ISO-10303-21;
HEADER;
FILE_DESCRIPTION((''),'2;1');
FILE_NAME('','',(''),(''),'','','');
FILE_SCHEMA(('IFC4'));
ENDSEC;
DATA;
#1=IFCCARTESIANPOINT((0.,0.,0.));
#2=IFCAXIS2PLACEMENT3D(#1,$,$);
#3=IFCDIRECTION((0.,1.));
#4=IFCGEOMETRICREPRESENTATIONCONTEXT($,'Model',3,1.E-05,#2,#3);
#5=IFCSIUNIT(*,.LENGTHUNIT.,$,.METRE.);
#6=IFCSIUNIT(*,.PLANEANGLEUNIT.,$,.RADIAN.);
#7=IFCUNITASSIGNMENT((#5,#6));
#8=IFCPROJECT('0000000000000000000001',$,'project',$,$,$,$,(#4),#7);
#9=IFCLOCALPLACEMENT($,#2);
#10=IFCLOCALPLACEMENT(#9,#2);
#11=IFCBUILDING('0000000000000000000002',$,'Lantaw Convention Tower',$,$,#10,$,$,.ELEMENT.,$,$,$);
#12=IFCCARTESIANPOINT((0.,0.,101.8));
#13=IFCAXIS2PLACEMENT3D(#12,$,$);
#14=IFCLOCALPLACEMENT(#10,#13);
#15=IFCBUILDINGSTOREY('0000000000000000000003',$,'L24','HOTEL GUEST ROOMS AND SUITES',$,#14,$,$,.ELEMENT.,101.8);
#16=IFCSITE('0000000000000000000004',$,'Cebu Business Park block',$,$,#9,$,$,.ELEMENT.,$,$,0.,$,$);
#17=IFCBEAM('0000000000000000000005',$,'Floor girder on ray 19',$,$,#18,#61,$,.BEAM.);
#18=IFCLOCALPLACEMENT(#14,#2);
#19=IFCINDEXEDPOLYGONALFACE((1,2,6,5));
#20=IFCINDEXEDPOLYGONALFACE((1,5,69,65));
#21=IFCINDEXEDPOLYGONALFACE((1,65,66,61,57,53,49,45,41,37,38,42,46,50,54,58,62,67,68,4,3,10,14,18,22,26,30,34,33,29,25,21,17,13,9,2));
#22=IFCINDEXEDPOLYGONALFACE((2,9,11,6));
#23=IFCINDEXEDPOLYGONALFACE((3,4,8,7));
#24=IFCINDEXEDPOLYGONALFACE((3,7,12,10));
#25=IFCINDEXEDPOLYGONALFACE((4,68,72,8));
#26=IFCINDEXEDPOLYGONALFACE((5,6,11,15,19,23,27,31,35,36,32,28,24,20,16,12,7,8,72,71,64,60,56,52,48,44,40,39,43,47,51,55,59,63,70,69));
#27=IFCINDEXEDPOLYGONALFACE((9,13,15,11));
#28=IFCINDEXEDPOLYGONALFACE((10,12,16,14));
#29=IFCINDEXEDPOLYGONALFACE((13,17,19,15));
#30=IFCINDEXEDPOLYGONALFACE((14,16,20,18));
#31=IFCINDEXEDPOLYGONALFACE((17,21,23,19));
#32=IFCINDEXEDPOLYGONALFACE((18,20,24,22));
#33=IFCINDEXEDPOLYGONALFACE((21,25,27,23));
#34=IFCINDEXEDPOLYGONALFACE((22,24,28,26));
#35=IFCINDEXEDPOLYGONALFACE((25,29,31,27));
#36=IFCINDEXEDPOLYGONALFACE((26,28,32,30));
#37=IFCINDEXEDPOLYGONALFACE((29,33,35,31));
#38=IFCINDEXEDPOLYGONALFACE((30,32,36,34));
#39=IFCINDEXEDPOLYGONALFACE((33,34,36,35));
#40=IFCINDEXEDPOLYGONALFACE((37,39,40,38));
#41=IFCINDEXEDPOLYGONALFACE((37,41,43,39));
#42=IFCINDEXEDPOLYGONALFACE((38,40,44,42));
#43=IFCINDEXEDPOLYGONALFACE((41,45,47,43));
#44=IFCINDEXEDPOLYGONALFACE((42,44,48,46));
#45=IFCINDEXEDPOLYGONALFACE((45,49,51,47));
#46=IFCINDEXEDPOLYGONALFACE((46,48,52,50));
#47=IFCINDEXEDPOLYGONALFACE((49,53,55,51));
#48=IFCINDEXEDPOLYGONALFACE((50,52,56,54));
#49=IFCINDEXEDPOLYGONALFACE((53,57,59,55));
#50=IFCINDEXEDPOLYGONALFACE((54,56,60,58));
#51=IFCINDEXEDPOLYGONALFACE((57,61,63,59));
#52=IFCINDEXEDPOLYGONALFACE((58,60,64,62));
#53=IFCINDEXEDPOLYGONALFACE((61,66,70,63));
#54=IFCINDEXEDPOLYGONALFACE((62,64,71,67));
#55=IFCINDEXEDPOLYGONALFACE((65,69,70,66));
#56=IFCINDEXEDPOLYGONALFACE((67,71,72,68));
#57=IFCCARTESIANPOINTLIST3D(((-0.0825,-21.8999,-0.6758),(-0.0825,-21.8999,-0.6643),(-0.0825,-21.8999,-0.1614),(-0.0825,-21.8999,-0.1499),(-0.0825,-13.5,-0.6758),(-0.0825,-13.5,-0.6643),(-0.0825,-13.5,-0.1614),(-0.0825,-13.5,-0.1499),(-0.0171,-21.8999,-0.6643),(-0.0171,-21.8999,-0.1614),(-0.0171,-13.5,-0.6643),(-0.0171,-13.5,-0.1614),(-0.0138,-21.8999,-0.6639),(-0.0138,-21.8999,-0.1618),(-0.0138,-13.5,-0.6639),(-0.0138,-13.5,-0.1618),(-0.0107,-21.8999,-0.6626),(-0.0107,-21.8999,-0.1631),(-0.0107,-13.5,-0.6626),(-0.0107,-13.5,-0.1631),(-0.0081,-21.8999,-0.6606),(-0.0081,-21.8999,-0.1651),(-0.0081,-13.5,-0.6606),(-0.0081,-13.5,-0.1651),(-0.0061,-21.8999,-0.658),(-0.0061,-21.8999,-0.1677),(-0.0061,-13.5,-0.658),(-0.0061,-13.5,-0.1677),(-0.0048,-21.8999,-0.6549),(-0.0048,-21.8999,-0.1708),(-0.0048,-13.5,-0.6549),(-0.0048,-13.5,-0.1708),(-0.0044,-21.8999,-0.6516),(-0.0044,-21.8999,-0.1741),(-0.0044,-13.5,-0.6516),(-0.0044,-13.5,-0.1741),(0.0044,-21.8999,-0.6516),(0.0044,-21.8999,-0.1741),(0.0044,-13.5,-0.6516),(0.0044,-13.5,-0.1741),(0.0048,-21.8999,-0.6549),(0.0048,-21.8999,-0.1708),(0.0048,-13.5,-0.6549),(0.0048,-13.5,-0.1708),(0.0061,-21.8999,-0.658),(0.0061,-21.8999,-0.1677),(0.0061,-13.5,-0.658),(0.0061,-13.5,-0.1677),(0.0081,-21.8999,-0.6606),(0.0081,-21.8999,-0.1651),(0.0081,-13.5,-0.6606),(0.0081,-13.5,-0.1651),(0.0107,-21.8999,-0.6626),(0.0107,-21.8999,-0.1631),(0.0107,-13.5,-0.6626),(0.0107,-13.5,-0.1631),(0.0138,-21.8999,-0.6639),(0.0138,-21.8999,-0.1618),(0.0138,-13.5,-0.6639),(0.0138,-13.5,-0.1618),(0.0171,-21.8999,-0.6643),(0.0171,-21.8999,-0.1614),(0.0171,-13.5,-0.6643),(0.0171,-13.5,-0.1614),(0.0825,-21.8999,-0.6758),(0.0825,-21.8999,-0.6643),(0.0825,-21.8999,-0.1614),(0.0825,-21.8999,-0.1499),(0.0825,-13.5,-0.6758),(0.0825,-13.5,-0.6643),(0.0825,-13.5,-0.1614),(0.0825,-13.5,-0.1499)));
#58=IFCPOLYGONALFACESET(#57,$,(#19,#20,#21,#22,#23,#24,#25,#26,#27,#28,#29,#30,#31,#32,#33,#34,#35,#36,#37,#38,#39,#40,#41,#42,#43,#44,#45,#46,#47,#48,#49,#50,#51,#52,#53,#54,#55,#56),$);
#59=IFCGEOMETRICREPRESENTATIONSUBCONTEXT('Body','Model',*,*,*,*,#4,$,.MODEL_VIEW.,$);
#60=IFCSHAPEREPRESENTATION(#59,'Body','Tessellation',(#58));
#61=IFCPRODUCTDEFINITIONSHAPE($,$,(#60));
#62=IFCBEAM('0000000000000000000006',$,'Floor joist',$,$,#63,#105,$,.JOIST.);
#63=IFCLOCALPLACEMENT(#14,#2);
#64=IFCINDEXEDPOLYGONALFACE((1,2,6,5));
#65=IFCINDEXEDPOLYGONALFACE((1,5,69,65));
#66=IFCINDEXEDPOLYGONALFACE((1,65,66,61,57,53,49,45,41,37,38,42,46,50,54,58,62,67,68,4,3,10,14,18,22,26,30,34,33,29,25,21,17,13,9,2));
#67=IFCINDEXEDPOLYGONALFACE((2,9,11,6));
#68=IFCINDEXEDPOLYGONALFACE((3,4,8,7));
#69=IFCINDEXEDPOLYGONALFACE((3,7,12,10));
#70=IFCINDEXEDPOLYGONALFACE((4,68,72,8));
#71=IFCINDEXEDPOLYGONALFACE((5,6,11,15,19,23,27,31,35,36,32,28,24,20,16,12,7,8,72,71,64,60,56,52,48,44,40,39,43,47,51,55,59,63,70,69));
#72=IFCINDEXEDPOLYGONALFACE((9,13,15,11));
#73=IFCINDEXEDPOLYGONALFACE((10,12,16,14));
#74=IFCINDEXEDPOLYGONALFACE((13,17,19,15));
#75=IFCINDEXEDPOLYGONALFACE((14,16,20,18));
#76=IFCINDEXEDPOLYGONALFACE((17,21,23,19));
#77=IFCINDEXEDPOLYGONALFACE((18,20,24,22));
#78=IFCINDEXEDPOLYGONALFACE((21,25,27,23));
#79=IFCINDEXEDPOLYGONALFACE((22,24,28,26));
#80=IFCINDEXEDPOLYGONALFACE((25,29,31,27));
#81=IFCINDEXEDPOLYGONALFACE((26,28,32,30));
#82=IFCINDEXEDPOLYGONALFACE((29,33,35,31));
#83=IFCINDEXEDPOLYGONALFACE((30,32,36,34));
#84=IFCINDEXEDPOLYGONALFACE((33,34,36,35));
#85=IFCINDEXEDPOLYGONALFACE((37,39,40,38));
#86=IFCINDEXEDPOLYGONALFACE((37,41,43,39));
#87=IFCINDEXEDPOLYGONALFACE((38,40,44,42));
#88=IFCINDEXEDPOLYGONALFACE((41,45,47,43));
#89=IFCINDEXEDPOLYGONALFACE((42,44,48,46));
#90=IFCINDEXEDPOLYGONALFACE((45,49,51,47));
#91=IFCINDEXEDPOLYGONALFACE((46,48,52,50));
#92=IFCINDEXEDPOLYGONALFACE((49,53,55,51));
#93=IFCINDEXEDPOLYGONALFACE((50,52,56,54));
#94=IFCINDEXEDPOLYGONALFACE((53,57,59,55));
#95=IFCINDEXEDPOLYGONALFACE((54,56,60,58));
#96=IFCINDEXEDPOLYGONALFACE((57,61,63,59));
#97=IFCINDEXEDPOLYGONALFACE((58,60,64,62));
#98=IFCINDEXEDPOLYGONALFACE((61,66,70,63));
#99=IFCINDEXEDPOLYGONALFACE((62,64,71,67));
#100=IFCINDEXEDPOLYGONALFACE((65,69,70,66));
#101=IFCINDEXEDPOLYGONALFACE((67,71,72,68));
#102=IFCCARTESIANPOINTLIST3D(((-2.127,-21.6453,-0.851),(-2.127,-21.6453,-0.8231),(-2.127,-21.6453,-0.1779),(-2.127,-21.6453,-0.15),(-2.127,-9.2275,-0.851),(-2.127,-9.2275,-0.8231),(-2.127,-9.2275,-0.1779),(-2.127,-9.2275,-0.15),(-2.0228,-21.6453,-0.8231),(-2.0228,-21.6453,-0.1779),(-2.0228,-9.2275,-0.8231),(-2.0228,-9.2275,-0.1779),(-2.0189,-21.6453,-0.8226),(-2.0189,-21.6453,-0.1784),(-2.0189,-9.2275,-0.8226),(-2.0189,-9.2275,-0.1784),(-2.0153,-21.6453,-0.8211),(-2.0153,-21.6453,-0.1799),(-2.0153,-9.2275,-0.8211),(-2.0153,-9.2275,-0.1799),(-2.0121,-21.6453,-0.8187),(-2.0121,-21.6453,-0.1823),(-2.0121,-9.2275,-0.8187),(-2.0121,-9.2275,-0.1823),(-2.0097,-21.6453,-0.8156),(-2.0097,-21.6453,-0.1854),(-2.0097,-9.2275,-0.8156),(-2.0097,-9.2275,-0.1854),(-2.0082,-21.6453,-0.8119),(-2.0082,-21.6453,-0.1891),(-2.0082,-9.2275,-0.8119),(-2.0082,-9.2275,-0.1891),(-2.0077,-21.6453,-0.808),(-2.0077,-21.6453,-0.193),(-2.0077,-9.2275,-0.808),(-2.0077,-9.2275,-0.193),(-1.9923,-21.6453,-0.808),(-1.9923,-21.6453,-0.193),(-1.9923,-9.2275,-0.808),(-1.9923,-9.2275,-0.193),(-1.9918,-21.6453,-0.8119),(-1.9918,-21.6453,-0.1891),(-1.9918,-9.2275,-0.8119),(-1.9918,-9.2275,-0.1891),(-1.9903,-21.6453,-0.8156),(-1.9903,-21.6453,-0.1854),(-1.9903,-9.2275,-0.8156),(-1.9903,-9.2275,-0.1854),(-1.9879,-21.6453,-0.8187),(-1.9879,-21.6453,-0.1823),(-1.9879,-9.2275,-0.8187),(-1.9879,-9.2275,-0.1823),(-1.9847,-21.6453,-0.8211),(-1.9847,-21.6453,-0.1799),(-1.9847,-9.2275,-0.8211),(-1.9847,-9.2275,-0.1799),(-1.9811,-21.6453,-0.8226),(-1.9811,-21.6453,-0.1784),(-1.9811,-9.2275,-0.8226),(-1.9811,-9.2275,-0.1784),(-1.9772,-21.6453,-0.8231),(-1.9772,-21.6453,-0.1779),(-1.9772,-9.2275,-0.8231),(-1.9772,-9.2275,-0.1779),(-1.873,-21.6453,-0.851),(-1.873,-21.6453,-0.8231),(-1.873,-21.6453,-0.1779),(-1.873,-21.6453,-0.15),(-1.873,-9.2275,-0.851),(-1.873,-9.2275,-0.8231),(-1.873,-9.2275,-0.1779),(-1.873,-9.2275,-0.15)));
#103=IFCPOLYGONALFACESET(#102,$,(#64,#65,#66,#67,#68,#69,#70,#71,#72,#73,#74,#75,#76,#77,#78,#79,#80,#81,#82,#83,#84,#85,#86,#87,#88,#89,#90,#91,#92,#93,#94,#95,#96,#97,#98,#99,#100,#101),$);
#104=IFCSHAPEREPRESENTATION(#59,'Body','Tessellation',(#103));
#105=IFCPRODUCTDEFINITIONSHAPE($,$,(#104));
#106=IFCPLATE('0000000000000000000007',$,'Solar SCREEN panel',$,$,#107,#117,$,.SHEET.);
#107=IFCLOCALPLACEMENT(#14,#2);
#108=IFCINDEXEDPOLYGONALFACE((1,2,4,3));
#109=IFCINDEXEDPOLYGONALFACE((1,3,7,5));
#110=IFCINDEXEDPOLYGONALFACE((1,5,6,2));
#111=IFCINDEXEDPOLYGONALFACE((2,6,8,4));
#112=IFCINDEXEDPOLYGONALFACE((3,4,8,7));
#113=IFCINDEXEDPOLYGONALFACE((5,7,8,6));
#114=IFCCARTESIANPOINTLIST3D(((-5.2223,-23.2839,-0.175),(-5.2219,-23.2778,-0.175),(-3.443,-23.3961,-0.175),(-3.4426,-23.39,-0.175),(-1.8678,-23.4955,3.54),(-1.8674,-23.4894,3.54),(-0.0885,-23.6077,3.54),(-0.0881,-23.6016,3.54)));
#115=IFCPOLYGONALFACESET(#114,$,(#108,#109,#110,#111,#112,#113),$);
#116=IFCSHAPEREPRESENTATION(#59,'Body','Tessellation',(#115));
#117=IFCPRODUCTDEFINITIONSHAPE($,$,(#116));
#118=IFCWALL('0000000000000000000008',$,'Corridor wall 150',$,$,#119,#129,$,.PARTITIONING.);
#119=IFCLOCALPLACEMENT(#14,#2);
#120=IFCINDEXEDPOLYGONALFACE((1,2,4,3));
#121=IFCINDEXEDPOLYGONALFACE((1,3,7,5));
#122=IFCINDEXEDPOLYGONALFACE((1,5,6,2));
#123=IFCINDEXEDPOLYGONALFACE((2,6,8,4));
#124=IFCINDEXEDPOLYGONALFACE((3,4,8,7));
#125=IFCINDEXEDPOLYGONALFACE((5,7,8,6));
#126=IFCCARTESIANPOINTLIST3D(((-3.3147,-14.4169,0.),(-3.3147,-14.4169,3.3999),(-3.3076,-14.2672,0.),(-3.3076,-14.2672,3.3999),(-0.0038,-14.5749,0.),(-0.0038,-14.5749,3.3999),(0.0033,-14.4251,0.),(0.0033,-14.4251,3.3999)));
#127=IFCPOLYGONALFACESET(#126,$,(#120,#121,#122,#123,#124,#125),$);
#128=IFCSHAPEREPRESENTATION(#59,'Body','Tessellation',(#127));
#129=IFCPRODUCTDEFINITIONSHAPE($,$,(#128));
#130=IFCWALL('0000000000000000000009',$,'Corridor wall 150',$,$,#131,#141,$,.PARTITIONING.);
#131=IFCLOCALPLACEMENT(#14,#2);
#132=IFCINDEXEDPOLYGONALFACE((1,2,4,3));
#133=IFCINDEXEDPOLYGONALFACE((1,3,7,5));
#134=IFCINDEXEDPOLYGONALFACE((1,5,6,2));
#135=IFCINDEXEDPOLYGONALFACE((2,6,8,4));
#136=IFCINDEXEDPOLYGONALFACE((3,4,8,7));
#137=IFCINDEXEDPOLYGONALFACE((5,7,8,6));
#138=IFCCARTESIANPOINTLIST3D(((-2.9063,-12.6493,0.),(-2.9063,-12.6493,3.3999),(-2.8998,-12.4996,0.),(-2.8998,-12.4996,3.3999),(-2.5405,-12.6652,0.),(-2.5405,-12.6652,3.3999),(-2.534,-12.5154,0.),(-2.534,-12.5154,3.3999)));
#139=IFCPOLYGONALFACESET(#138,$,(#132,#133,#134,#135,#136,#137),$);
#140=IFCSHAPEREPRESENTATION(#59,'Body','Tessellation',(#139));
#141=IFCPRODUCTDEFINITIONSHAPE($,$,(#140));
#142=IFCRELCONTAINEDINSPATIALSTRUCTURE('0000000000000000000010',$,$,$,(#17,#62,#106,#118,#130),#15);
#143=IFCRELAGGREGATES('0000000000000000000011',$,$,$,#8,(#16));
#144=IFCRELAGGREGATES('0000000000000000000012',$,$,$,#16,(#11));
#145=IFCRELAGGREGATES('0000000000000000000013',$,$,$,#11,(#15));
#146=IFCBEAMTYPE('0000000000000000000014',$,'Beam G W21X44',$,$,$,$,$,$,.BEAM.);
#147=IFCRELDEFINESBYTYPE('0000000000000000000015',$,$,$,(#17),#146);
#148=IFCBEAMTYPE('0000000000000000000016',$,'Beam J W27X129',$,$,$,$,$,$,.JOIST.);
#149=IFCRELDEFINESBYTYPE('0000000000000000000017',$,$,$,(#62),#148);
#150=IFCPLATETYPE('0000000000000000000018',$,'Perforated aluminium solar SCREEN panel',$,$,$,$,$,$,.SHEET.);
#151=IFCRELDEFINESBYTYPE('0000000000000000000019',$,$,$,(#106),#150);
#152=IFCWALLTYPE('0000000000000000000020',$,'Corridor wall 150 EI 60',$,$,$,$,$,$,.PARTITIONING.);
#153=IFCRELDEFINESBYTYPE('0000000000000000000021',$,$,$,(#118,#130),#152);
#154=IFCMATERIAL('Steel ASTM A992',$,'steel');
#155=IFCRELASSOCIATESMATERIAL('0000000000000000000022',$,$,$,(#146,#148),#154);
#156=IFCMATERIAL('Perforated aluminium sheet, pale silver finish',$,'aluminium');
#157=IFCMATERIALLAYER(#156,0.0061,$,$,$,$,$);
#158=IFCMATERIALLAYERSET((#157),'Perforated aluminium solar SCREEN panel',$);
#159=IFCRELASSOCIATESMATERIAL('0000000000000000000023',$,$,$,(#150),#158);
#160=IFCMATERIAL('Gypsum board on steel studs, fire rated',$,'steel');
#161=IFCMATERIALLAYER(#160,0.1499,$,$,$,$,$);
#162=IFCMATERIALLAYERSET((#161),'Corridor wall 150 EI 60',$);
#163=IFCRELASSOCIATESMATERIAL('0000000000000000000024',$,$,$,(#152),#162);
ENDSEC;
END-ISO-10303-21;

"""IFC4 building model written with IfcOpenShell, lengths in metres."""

from ifc_helpers import new_model, si_unit, direction, frame, frame_2d, origin, origin_2d, place, context, subcontext, project, spatial, polyline, rectangle, i_section, outline, extrude, material, layer, layer_set, material_profile, profile_set, type_object, element, save


model = new_model("IFC4")

# Units and contexts
model_context = context("Model", 3, precision=1e-05, world=origin(), true_north=direction((0.0, 1.0)))
body_context = subcontext(model_context, "Body", "Model", "MODEL_VIEW")
ifc_project = project(units=[si_unit("LENGTHUNIT", "METRE"), si_unit("PLANEANGLEUNIT", "RADIAN")], contexts=[model_context])

# Site, building, storey
site_placement = place(None, origin())
site = spatial("IfcSite", under=ifc_project, at=site_placement, Name="Cebu Business Park block", CompositionType="ELEMENT", RefElevation=0.0)
building_placement = place(site_placement, origin())
building = spatial("IfcBuilding", under=site, at=building_placement, Name="Lantaw Convention Tower", CompositionType="ELEMENT")
storey_placement = place(building_placement, frame((0.0, 0.0, 101.8)))
storey = spatial("IfcBuildingStorey", under=building, at=storey_placement, Name="L24", Description="HOTEL GUEST ROOMS AND SUITES", CompositionType="ELEMENT", Elevation=101.8)

# Beams
ifc_material_1 = material(Name="Steel ASTM A992", Category="steel")
ifc_material_profile_1 = material_profile(ifc_material_1, i_section(OverallWidth=0.165, OverallDepth=0.5259, WebThickness=0.0088, FlangeThickness=0.0115, FilletRadius=0.0127, at=origin_2d()), Name="W21X44")
ifc_profile_set_1 = profile_set([ifc_material_profile_1], Name="Steel ASTM A992")
beam_type_1 = type_object("IfcBeamType", Name="Beam G W21X44", PredefinedType="BEAM", material=ifc_profile_set_1)
beam_1_placement = place(storey_placement, frame((0.0, -13.5, -0.4128), z_axis=(0.0, -1.0, 0.0), x_axis=(1.0, 0.0, 0.0)))
element("IfcBeam", 1, at=beam_1_placement, inside=storey, type_object=beam_type_1, Name="Floor girder on ray 19", PredefinedType="BEAM", context=body_context, shape_type="SweptSolid", body=[
    extrude(i_section(OverallWidth=0.165, OverallDepth=0.5259, WebThickness=0.0088, FlangeThickness=0.0115, FilletRadius=0.0127, at=origin_2d()), origin(), (0.0, 0.0, 1.0), 8.3999),
])
ifc_material_profile_2 = material_profile(ifc_material_1, i_section(OverallWidth=0.2539, OverallDepth=0.7009, WebThickness=0.0154, FlangeThickness=0.0278, FilletRadius=0.0151, at=origin_2d()), Name="W27X129")
ifc_profile_set_2 = profile_set([ifc_material_profile_2], Name="Steel ASTM A992")
beam_type_2 = type_object("IfcBeamType", Name="Beam J W27X129", PredefinedType="JOIST", material=ifc_profile_set_2)
beam_2_placement = place(storey_placement, frame((-2.0, -21.6453, -0.5005), z_axis=(0.0, 1.0, 0.0), x_axis=(-1.0, 0.0, 0.0)))
element("IfcBeam", 2, at=beam_2_placement, inside=storey, type_object=beam_type_2, Name="Floor joist", PredefinedType="JOIST", context=body_context, shape_type="SweptSolid", body=[
    extrude(i_section(OverallWidth=0.2539, OverallDepth=0.7009, WebThickness=0.0154, FlangeThickness=0.0278, FilletRadius=0.0151, at=origin_2d()), origin(), (0.0, 0.0, 1.0), 12.4177),
])

# Plate
ifc_material_2 = material(Name="Perforated aluminium sheet, pale silver finish", Category="aluminium")
ifc_layer_1 = layer(ifc_material_2, 0.0061)
ifc_layer_set_1 = layer_set([ifc_layer_1], Name="Perforated aluminium solar SCREEN panel")
plate_type = type_object("IfcPlateType", Name="Perforated aluminium solar SCREEN panel", PredefinedType="SHEET", material=ifc_layer_set_1)
plate_placement = place(storey_placement, frame((-5.2219, -23.2778, -0.175), z_axis=(0.062924, 0.998018, 0.000014), x_axis=(0.998018, -0.062924, 0.0)))
element("IfcPlate", 3, at=plate_placement, inside=storey, type_object=plate_type, Name="Solar SCREEN panel", PredefinedType="SHEET", context=body_context, shape_type="SweptSolid", body=[
    extrude(outline(polyline([(0.0, 0.0), (1.7828, 0.0), (5.144, -3.7151), (3.3612, -3.7151), (0.0, 0.0)])), origin(), (0.0, 0.0, -1.0), 0.0061),
])

# Walls
ifc_material_3 = material(Name="Gypsum board on steel studs, fire rated", Category="steel")
ifc_layer_2 = layer(ifc_material_3, 0.1499)
ifc_layer_set_2 = layer_set([ifc_layer_2], Name="Corridor wall 150 EI 60")
wall_type_1 = type_object("IfcWallType", Name="Corridor wall 150 EI 60", PredefinedType="PARTITIONING", material=ifc_layer_set_2)
wall_1_placement = place(storey_placement, frame((-3.311, -14.342, 0.0), z_axis=(0.0, 0.0, 1.0), x_axis=(0.998864, -0.047653, 0.0)))
element("IfcWall", 4, at=wall_1_placement, inside=storey, type_object=wall_type_1, Name="Corridor wall 150", PredefinedType="PARTITIONING", context=body_context, shape_type="SweptSolid", body=[
    extrude(rectangle(XDim=3.3147, YDim=0.1499, at=frame_2d((1.6572, 0.0))), origin(), (0.0, 0.0, 1.0), 3.3999),
])
wall_2_placement = place(storey_placement, frame((-2.9031, -12.5745, 0.0), z_axis=(0.0, 0.0, 1.0), x_axis=(0.999061, -0.043322, 0.0)))
element("IfcWall", 5, at=wall_2_placement, inside=storey, type_object=wall_type_1, Name="Corridor wall 150", PredefinedType="PARTITIONING", context=body_context, shape_type="SweptSolid", body=[
    extrude(rectangle(XDim=0.3662, YDim=0.1499, at=frame_2d((0.1831, 0.0))), origin(), (0.0, 0.0, 1.0), 3.3999),
])

save(model, "model.ifc")
